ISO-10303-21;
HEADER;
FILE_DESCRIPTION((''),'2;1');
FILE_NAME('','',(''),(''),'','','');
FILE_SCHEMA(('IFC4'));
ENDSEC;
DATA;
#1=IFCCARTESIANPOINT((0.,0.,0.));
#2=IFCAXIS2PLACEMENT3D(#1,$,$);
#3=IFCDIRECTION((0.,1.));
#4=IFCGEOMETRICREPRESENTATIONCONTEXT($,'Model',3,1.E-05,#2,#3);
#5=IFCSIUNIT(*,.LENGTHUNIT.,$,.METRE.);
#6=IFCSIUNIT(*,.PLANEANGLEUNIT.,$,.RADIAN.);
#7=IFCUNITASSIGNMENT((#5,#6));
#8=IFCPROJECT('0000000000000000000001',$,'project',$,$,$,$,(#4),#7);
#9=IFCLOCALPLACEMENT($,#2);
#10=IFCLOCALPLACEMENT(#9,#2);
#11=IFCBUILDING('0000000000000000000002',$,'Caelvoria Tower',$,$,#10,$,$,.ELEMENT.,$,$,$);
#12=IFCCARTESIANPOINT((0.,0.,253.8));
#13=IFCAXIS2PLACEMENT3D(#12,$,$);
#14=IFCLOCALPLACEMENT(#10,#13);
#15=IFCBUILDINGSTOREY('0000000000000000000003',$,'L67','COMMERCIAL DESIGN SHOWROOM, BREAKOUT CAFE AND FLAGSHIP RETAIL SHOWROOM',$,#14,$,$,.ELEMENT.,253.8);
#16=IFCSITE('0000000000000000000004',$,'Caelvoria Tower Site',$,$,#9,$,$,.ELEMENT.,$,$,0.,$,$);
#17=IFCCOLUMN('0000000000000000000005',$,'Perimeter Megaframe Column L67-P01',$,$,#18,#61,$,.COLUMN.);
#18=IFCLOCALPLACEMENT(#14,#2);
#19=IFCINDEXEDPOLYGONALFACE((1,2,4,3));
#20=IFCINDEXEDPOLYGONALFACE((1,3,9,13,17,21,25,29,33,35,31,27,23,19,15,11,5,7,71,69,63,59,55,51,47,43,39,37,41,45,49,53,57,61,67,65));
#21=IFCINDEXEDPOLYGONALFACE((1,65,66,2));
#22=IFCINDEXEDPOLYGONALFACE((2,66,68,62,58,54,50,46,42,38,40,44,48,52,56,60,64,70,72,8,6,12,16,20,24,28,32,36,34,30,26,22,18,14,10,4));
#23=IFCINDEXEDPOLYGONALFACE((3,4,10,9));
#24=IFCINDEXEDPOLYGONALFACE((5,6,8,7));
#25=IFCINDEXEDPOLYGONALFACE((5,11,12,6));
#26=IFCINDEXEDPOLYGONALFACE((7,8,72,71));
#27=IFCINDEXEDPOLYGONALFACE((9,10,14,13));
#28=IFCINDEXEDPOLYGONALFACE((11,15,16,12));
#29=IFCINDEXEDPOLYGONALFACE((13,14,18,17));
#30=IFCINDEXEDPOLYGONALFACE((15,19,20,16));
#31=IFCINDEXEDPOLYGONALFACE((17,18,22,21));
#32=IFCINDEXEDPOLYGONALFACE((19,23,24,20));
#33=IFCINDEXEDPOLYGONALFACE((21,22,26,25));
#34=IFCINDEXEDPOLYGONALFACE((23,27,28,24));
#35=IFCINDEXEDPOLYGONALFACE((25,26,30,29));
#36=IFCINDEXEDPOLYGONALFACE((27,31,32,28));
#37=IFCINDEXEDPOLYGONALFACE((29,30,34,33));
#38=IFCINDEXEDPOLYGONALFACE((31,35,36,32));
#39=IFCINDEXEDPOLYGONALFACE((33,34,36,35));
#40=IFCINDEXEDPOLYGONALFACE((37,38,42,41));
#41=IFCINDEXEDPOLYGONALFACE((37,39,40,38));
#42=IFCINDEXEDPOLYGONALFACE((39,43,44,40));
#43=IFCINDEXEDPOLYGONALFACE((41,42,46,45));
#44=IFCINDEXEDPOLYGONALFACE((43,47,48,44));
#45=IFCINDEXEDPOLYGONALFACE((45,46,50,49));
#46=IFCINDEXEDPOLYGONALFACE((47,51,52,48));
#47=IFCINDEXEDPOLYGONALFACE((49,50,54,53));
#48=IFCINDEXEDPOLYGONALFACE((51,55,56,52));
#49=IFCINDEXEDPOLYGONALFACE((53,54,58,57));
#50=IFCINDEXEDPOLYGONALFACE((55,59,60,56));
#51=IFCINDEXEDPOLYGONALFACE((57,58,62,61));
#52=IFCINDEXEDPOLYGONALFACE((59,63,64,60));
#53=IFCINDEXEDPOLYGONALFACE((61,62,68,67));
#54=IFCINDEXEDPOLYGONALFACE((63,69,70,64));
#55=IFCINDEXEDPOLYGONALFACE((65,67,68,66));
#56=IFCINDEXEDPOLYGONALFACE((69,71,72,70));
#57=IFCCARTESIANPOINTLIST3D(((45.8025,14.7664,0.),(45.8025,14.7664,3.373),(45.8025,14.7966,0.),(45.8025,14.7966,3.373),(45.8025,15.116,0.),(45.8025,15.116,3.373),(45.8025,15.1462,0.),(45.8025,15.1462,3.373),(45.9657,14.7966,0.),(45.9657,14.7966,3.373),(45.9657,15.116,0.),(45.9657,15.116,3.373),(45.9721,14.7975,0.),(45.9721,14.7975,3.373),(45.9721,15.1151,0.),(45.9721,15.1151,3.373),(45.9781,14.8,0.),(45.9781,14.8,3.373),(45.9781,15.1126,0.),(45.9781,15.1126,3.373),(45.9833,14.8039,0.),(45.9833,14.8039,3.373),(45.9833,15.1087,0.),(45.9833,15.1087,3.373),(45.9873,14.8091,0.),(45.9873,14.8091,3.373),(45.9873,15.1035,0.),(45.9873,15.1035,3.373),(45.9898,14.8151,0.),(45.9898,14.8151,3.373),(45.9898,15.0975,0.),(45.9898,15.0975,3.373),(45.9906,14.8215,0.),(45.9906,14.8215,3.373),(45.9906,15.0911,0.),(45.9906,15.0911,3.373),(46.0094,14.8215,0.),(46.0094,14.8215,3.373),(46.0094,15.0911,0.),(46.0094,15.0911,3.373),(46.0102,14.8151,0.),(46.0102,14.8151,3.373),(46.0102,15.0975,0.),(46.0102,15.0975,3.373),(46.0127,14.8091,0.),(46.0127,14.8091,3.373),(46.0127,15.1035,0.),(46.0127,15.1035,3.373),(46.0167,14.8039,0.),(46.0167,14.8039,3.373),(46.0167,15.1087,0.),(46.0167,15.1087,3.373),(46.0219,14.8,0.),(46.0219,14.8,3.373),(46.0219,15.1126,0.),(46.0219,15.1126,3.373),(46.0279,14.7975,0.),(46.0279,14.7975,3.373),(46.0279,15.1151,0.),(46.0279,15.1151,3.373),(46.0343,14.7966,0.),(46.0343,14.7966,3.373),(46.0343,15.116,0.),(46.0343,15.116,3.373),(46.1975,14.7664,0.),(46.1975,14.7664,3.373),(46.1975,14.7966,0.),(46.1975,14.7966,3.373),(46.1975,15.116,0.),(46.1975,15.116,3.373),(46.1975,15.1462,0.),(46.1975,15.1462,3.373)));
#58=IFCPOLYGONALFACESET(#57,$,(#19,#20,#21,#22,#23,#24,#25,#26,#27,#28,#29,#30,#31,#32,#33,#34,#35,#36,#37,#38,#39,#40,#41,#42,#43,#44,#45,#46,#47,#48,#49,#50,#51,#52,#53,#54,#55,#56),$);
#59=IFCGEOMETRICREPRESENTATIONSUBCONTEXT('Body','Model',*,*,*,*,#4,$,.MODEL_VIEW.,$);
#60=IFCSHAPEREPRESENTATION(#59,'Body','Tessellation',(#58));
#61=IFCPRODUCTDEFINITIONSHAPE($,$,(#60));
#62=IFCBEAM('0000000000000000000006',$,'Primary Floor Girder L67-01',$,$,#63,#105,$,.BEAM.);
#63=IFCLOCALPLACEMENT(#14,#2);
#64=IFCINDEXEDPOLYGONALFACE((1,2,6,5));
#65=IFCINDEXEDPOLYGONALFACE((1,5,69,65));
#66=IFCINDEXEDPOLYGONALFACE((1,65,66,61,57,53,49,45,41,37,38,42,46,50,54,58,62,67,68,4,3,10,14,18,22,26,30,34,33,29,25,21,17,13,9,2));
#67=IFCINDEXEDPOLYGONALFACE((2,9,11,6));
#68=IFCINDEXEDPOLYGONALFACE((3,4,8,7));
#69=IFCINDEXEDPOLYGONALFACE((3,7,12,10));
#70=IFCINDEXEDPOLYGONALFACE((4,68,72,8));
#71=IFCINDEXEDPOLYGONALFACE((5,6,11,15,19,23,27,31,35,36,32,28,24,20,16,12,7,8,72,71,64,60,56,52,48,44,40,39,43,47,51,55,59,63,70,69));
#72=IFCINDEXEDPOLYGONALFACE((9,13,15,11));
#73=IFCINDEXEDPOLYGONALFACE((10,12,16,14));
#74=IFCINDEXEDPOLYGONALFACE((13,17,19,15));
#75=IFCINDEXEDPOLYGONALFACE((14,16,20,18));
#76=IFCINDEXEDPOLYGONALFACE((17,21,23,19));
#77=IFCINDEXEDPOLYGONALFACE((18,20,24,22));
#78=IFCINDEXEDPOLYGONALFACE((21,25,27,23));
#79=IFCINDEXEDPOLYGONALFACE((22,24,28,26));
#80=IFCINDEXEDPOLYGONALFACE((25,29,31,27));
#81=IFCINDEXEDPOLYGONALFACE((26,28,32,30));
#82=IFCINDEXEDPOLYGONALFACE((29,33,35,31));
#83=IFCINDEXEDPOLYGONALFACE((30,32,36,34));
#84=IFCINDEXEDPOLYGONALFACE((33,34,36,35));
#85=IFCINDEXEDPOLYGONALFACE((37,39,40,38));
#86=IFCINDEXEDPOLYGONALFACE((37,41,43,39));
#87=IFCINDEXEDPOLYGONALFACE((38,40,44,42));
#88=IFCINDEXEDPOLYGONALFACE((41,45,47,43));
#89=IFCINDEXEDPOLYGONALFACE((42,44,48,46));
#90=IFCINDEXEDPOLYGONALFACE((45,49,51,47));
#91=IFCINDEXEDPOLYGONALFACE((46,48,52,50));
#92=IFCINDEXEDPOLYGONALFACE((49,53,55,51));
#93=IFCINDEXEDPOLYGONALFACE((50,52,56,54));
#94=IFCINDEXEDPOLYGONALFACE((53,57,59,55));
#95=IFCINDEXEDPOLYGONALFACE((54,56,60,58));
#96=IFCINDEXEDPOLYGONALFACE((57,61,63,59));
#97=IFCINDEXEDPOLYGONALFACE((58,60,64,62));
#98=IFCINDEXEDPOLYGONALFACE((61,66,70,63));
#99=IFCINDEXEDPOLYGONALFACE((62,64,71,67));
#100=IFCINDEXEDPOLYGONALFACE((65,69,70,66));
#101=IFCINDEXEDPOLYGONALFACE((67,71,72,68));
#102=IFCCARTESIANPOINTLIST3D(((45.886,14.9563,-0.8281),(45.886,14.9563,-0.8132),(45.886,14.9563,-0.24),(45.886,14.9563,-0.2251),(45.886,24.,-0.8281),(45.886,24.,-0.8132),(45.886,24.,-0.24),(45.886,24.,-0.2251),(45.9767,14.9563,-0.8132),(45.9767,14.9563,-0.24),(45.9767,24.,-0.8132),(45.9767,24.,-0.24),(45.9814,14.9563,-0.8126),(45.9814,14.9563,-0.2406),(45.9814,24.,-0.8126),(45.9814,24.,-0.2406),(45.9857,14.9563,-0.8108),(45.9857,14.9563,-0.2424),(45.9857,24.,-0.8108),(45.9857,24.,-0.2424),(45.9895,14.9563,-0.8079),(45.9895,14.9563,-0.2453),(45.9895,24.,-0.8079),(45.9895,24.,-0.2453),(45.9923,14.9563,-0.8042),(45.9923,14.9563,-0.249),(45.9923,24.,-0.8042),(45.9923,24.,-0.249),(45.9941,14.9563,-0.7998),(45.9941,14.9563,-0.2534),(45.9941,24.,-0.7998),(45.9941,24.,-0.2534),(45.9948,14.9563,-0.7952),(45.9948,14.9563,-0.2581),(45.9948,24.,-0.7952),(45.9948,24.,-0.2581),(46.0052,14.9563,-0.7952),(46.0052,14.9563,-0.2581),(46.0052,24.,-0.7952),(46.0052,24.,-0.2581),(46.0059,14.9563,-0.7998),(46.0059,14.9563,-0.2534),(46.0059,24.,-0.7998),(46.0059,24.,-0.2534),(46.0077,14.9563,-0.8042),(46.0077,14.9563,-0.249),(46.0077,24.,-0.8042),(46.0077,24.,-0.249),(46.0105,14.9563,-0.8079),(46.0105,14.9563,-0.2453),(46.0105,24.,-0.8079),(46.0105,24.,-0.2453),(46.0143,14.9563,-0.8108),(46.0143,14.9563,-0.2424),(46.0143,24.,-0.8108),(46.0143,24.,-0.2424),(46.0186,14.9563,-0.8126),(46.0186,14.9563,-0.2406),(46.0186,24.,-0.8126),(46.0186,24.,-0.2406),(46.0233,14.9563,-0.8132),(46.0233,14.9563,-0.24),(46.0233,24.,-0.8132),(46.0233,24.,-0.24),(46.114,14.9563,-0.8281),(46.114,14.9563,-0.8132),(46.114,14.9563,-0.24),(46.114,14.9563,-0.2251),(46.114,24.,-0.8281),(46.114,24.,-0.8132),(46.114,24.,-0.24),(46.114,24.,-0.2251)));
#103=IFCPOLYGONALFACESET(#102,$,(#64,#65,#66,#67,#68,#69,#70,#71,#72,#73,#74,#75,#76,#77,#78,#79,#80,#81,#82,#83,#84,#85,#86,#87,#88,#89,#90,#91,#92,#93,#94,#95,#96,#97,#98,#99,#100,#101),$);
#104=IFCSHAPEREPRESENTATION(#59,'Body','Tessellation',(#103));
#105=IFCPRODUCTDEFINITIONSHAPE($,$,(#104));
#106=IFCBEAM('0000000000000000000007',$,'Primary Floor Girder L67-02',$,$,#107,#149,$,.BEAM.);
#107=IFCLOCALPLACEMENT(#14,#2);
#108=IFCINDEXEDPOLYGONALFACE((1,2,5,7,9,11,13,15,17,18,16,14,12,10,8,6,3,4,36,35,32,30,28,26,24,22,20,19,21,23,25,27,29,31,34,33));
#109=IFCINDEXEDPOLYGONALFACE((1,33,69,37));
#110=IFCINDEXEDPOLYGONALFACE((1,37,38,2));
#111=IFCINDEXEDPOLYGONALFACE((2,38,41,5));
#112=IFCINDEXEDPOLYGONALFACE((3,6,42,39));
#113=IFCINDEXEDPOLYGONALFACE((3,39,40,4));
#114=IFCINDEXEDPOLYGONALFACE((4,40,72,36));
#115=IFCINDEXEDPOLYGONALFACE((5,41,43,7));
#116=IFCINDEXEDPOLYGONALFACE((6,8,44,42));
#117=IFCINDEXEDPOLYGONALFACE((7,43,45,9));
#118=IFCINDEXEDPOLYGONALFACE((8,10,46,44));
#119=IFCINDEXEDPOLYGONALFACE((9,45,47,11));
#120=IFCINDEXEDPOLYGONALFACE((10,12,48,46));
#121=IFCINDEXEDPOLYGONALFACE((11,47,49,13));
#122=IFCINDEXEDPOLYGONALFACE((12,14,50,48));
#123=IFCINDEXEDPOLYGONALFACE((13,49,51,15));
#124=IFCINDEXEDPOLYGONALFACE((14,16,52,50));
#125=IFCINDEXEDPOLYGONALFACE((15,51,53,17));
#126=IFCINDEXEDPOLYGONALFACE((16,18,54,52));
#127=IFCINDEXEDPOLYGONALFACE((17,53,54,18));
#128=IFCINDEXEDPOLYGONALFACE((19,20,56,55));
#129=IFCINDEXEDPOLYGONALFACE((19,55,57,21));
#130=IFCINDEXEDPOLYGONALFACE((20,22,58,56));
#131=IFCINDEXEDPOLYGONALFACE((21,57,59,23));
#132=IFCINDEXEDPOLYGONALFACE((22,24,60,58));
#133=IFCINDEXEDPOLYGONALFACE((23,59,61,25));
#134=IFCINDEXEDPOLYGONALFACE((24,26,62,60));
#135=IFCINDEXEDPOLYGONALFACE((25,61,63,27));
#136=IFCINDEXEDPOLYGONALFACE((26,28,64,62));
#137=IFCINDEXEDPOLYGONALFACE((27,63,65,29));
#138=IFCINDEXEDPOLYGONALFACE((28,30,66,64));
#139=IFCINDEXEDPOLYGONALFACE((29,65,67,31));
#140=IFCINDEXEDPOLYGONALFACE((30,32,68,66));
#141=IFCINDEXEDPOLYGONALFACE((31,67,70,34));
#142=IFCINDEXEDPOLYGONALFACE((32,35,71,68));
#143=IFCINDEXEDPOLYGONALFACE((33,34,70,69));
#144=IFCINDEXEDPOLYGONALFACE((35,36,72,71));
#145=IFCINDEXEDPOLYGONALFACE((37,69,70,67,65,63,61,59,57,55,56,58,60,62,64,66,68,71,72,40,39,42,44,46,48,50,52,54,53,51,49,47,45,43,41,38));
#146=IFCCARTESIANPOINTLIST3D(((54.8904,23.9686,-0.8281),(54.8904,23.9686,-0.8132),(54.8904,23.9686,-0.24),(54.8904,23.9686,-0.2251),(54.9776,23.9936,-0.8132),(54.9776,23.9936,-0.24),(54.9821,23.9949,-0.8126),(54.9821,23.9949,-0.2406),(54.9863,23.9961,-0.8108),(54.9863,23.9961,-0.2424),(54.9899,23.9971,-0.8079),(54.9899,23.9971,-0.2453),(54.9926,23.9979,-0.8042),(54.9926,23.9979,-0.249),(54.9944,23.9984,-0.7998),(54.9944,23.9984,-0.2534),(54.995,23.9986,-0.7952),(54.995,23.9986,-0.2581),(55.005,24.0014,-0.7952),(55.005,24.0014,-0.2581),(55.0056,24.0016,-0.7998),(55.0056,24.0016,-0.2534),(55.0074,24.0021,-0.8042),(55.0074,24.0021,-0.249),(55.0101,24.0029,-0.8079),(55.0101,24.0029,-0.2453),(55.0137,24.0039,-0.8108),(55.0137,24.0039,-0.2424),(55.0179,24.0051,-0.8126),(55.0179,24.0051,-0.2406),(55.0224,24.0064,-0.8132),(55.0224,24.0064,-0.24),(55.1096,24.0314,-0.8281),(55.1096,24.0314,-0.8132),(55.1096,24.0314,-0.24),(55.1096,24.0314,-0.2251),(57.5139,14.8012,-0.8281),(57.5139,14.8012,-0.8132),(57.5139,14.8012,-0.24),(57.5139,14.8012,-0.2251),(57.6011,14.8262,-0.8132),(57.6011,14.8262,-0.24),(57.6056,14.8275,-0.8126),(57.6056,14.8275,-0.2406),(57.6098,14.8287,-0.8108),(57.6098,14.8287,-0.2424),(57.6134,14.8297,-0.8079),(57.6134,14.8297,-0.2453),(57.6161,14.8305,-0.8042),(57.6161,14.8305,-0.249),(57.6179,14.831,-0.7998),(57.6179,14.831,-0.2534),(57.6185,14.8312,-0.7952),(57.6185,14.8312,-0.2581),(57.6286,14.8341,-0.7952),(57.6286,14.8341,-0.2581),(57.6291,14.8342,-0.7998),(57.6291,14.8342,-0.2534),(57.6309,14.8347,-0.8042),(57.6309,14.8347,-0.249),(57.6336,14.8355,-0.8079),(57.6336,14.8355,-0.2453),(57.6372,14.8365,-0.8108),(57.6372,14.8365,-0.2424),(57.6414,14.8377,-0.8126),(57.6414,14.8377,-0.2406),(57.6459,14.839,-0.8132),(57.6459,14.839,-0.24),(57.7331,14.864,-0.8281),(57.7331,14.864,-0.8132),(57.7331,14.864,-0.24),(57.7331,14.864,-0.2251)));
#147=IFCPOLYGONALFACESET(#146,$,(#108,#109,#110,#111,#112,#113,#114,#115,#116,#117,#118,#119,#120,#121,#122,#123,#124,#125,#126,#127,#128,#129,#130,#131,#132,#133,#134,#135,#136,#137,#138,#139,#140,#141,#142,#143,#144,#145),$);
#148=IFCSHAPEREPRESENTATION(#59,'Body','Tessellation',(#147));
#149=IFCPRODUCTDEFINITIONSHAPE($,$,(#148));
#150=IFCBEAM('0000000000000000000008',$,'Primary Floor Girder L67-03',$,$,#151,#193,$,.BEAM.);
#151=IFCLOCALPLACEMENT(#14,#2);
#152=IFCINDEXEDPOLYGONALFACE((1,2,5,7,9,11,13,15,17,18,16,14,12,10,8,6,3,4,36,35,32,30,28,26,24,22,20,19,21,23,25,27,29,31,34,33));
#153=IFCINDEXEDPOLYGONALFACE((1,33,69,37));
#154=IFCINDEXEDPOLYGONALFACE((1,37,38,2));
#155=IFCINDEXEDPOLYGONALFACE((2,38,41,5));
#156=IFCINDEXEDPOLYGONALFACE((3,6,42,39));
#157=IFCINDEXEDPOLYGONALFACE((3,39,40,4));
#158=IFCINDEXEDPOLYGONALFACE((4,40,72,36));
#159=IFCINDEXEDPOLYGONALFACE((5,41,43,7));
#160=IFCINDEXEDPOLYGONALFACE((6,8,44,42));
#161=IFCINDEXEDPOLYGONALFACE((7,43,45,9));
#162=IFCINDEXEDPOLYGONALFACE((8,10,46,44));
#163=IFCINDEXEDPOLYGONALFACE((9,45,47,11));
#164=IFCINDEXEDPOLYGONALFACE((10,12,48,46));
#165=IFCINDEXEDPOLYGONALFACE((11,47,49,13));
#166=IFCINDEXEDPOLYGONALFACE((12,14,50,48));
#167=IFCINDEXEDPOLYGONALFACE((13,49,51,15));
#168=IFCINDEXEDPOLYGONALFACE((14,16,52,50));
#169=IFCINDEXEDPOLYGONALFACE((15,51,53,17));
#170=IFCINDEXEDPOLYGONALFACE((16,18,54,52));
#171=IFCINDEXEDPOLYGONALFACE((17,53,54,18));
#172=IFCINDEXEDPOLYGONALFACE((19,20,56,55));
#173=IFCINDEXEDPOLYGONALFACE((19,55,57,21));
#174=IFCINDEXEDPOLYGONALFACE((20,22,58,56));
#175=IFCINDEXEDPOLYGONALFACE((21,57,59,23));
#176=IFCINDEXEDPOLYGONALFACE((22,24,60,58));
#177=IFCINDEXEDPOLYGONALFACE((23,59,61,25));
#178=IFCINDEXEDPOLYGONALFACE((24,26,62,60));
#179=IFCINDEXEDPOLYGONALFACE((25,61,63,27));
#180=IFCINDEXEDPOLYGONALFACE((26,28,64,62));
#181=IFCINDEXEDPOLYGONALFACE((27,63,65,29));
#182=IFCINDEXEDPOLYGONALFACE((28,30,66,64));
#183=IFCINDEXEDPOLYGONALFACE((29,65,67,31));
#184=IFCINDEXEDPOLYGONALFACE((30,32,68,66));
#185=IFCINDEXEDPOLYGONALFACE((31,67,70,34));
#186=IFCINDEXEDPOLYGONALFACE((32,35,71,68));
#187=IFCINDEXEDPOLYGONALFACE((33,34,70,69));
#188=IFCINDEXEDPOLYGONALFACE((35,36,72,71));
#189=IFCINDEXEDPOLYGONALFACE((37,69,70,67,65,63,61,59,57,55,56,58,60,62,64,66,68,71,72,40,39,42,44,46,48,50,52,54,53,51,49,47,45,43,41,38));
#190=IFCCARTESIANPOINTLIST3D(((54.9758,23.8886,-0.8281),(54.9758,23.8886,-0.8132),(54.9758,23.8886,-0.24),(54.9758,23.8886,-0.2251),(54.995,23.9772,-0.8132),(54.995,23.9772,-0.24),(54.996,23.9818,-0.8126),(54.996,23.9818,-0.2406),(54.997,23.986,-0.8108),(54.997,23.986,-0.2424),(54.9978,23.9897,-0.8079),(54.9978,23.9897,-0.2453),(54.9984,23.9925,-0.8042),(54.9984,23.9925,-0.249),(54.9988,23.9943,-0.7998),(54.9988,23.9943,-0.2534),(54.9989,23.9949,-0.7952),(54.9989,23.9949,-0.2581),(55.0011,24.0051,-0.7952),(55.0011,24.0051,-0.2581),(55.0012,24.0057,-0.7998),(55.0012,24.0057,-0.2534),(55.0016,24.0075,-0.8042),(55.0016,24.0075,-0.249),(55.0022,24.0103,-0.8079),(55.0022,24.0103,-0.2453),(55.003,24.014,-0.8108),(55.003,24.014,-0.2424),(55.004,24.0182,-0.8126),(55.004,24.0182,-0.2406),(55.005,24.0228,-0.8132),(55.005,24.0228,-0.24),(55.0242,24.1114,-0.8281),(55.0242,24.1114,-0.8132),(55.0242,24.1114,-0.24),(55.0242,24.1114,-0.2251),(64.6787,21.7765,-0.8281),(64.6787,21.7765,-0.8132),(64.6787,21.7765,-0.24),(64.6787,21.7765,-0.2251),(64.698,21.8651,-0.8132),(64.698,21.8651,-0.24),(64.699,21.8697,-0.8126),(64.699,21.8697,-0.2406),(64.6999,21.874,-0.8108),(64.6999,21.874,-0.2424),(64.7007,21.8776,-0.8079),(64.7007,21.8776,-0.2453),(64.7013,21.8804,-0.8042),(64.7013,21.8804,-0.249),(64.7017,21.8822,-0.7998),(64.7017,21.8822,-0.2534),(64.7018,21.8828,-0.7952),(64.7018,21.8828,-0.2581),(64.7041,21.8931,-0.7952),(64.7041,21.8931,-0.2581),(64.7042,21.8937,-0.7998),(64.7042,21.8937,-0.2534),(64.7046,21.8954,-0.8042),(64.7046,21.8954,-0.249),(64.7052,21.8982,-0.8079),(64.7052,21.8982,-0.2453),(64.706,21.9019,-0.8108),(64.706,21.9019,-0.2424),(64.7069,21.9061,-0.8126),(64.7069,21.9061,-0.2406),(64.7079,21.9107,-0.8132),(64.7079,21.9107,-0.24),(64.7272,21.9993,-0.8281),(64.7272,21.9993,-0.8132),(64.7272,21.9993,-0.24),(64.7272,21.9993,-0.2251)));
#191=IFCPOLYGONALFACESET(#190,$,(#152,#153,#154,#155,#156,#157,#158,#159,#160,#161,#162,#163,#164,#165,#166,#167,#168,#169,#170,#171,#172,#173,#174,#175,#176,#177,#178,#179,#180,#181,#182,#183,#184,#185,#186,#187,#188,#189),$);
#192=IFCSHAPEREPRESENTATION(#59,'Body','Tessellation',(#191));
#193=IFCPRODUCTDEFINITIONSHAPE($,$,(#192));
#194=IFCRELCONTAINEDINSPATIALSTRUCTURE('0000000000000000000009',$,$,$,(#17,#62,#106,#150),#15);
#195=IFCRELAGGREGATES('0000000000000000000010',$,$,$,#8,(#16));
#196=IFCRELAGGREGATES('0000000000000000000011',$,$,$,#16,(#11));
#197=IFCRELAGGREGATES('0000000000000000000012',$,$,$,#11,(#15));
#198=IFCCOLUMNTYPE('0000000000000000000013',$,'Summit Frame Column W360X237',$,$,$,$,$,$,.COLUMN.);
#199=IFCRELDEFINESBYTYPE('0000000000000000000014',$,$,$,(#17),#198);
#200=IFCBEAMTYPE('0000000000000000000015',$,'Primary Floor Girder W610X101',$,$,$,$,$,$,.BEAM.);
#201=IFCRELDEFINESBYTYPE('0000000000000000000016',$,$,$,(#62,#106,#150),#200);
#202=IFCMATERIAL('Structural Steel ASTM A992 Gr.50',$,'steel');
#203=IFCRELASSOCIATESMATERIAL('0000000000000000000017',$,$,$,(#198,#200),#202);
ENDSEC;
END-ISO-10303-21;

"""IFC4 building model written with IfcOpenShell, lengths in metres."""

from ifc_helpers import new_model, si_unit, direction, frame, origin, origin_2d, place, context, subcontext, project, spatial, i_section, extrude, material, material_profile, profile_set, type_object, element, save


model = new_model("IFC4")

# Units and contexts
model_context = context("Model", 3, precision=1e-05, world=origin(), true_north=direction((0.0, 1.0)))
body_context = subcontext(model_context, "Body", "Model", "MODEL_VIEW")
ifc_project = project(units=[si_unit("LENGTHUNIT", "METRE"), si_unit("PLANEANGLEUNIT", "RADIAN")], contexts=[model_context])

# Site, building, storey
site_placement = place(None, origin())
site = spatial("IfcSite", under=ifc_project, at=site_placement, Name="Caelvoria Tower Site", CompositionType="ELEMENT", RefElevation=0.0)
building_placement = place(site_placement, origin())
building = spatial("IfcBuilding", under=site, at=building_placement, Name="Caelvoria Tower", CompositionType="ELEMENT")
storey_placement = place(building_placement, frame((0.0, 0.0, 253.8)))
storey = spatial("IfcBuildingStorey", under=building, at=storey_placement, Name="L67", Description="COMMERCIAL DESIGN SHOWROOM, BREAKOUT CAFE AND FLAGSHIP RETAIL SHOWROOM", CompositionType="ELEMENT", Elevation=253.8)

# Column
ifc_material_1 = material(Name="Structural Steel ASTM A992 Gr.50", Category="steel")
ifc_material_profile_1 = material_profile(ifc_material_1, i_section(OverallWidth=0.395, OverallDepth=0.3799, WebThickness=0.0188, FlangeThickness=0.0303, FilletRadius=0.0249, at=origin_2d()), Name="Structural Steel ASTM A992 Gr.50")
ifc_profile_set_1 = profile_set([ifc_material_profile_1], Name="W360X237 - Structural Steel ASTM A992 Gr.50")
column_type = type_object("IfcColumnType", Name="Summit Frame Column W360X237", PredefinedType="COLUMN", material=ifc_profile_set_1)
column_placement = place(storey_placement, frame((46.0, 14.9563, 0.0), z_axis=(0.0, 0.0, 1.0), x_axis=(1.0, 0.0, 0.0)))
element("IfcColumn", 1, at=column_placement, inside=storey, type_object=column_type, Name="Perimeter Megaframe Column L67-P01", PredefinedType="COLUMN", context=body_context, shape_type="SweptSolid", body=[
    extrude(i_section(OverallWidth=0.395, OverallDepth=0.3799, WebThickness=0.0188, FlangeThickness=0.0303, FilletRadius=0.0249, at=origin_2d()), origin(), (0.0, 0.0, 1.0), 3.373),
])

# Beams
ifc_material_profile_2 = material_profile(ifc_material_1, i_section(OverallWidth=0.228, OverallDepth=0.603, WebThickness=0.0105, FlangeThickness=0.0149, FilletRadius=0.0181, at=origin_2d()), Name="Structural Steel ASTM A992 Gr.50")
ifc_profile_set_2 = profile_set([ifc_material_profile_2], Name="W610X101 - Structural Steel ASTM A992 Gr.50")
beam_type_1 = type_object("IfcBeamType", Name="Primary Floor Girder W610X101", PredefinedType="BEAM", material=ifc_profile_set_2)
beam_1_placement = place(storey_placement, frame((46.0, 24.0, -0.5266), z_axis=(0.0, -1.0, 0.0), x_axis=(1.0, 0.0, 0.0)))
element("IfcBeam", 2, at=beam_1_placement, inside=storey, type_object=beam_type_1, Name="Primary Floor Girder L67-01", PredefinedType="BEAM", context=body_context, shape_type="SweptSolid", body=[
    extrude(i_section(OverallWidth=0.228, OverallDepth=0.603, WebThickness=0.0105, FlangeThickness=0.0149, FilletRadius=0.0181, at=origin_2d()), origin(), (0.0, 0.0, 1.0), 9.0437),
])
beam_2_placement = place(storey_placement, frame((55.0, 24.0, -0.5266), z_axis=(0.275134, -0.961406, 0.0), x_axis=(0.961406, 0.275134, 0.0)))
element("IfcBeam", 3, at=beam_2_placement, inside=storey, type_object=beam_type_1, Name="Primary Floor Girder L67-02", PredefinedType="BEAM", context=body_context, shape_type="SweptSolid", body=[
    extrude(i_section(OverallWidth=0.228, OverallDepth=0.603, WebThickness=0.0105, FlangeThickness=0.0149, FilletRadius=0.0181, at=origin_2d()), origin(), (0.0, 0.0, 1.0), 9.5354),
])
beam_3_placement = place(storey_placement, frame((55.0, 24.0, -0.5266), z_axis=(0.977119, -0.212693, 0.0), x_axis=(0.212693, 0.977119, 0.0)))
element("IfcBeam", 4, at=beam_3_placement, inside=storey, type_object=beam_type_1, Name="Primary Floor Girder L67-03", PredefinedType="BEAM", context=body_context, shape_type="SweptSolid", body=[
    extrude(i_section(OverallWidth=0.228, OverallDepth=0.603, WebThickness=0.0105, FlangeThickness=0.0149, FilletRadius=0.0181, at=origin_2d()), origin(), (0.0, 0.0, 1.0), 9.9302),
])

save(model, "model.ifc")
